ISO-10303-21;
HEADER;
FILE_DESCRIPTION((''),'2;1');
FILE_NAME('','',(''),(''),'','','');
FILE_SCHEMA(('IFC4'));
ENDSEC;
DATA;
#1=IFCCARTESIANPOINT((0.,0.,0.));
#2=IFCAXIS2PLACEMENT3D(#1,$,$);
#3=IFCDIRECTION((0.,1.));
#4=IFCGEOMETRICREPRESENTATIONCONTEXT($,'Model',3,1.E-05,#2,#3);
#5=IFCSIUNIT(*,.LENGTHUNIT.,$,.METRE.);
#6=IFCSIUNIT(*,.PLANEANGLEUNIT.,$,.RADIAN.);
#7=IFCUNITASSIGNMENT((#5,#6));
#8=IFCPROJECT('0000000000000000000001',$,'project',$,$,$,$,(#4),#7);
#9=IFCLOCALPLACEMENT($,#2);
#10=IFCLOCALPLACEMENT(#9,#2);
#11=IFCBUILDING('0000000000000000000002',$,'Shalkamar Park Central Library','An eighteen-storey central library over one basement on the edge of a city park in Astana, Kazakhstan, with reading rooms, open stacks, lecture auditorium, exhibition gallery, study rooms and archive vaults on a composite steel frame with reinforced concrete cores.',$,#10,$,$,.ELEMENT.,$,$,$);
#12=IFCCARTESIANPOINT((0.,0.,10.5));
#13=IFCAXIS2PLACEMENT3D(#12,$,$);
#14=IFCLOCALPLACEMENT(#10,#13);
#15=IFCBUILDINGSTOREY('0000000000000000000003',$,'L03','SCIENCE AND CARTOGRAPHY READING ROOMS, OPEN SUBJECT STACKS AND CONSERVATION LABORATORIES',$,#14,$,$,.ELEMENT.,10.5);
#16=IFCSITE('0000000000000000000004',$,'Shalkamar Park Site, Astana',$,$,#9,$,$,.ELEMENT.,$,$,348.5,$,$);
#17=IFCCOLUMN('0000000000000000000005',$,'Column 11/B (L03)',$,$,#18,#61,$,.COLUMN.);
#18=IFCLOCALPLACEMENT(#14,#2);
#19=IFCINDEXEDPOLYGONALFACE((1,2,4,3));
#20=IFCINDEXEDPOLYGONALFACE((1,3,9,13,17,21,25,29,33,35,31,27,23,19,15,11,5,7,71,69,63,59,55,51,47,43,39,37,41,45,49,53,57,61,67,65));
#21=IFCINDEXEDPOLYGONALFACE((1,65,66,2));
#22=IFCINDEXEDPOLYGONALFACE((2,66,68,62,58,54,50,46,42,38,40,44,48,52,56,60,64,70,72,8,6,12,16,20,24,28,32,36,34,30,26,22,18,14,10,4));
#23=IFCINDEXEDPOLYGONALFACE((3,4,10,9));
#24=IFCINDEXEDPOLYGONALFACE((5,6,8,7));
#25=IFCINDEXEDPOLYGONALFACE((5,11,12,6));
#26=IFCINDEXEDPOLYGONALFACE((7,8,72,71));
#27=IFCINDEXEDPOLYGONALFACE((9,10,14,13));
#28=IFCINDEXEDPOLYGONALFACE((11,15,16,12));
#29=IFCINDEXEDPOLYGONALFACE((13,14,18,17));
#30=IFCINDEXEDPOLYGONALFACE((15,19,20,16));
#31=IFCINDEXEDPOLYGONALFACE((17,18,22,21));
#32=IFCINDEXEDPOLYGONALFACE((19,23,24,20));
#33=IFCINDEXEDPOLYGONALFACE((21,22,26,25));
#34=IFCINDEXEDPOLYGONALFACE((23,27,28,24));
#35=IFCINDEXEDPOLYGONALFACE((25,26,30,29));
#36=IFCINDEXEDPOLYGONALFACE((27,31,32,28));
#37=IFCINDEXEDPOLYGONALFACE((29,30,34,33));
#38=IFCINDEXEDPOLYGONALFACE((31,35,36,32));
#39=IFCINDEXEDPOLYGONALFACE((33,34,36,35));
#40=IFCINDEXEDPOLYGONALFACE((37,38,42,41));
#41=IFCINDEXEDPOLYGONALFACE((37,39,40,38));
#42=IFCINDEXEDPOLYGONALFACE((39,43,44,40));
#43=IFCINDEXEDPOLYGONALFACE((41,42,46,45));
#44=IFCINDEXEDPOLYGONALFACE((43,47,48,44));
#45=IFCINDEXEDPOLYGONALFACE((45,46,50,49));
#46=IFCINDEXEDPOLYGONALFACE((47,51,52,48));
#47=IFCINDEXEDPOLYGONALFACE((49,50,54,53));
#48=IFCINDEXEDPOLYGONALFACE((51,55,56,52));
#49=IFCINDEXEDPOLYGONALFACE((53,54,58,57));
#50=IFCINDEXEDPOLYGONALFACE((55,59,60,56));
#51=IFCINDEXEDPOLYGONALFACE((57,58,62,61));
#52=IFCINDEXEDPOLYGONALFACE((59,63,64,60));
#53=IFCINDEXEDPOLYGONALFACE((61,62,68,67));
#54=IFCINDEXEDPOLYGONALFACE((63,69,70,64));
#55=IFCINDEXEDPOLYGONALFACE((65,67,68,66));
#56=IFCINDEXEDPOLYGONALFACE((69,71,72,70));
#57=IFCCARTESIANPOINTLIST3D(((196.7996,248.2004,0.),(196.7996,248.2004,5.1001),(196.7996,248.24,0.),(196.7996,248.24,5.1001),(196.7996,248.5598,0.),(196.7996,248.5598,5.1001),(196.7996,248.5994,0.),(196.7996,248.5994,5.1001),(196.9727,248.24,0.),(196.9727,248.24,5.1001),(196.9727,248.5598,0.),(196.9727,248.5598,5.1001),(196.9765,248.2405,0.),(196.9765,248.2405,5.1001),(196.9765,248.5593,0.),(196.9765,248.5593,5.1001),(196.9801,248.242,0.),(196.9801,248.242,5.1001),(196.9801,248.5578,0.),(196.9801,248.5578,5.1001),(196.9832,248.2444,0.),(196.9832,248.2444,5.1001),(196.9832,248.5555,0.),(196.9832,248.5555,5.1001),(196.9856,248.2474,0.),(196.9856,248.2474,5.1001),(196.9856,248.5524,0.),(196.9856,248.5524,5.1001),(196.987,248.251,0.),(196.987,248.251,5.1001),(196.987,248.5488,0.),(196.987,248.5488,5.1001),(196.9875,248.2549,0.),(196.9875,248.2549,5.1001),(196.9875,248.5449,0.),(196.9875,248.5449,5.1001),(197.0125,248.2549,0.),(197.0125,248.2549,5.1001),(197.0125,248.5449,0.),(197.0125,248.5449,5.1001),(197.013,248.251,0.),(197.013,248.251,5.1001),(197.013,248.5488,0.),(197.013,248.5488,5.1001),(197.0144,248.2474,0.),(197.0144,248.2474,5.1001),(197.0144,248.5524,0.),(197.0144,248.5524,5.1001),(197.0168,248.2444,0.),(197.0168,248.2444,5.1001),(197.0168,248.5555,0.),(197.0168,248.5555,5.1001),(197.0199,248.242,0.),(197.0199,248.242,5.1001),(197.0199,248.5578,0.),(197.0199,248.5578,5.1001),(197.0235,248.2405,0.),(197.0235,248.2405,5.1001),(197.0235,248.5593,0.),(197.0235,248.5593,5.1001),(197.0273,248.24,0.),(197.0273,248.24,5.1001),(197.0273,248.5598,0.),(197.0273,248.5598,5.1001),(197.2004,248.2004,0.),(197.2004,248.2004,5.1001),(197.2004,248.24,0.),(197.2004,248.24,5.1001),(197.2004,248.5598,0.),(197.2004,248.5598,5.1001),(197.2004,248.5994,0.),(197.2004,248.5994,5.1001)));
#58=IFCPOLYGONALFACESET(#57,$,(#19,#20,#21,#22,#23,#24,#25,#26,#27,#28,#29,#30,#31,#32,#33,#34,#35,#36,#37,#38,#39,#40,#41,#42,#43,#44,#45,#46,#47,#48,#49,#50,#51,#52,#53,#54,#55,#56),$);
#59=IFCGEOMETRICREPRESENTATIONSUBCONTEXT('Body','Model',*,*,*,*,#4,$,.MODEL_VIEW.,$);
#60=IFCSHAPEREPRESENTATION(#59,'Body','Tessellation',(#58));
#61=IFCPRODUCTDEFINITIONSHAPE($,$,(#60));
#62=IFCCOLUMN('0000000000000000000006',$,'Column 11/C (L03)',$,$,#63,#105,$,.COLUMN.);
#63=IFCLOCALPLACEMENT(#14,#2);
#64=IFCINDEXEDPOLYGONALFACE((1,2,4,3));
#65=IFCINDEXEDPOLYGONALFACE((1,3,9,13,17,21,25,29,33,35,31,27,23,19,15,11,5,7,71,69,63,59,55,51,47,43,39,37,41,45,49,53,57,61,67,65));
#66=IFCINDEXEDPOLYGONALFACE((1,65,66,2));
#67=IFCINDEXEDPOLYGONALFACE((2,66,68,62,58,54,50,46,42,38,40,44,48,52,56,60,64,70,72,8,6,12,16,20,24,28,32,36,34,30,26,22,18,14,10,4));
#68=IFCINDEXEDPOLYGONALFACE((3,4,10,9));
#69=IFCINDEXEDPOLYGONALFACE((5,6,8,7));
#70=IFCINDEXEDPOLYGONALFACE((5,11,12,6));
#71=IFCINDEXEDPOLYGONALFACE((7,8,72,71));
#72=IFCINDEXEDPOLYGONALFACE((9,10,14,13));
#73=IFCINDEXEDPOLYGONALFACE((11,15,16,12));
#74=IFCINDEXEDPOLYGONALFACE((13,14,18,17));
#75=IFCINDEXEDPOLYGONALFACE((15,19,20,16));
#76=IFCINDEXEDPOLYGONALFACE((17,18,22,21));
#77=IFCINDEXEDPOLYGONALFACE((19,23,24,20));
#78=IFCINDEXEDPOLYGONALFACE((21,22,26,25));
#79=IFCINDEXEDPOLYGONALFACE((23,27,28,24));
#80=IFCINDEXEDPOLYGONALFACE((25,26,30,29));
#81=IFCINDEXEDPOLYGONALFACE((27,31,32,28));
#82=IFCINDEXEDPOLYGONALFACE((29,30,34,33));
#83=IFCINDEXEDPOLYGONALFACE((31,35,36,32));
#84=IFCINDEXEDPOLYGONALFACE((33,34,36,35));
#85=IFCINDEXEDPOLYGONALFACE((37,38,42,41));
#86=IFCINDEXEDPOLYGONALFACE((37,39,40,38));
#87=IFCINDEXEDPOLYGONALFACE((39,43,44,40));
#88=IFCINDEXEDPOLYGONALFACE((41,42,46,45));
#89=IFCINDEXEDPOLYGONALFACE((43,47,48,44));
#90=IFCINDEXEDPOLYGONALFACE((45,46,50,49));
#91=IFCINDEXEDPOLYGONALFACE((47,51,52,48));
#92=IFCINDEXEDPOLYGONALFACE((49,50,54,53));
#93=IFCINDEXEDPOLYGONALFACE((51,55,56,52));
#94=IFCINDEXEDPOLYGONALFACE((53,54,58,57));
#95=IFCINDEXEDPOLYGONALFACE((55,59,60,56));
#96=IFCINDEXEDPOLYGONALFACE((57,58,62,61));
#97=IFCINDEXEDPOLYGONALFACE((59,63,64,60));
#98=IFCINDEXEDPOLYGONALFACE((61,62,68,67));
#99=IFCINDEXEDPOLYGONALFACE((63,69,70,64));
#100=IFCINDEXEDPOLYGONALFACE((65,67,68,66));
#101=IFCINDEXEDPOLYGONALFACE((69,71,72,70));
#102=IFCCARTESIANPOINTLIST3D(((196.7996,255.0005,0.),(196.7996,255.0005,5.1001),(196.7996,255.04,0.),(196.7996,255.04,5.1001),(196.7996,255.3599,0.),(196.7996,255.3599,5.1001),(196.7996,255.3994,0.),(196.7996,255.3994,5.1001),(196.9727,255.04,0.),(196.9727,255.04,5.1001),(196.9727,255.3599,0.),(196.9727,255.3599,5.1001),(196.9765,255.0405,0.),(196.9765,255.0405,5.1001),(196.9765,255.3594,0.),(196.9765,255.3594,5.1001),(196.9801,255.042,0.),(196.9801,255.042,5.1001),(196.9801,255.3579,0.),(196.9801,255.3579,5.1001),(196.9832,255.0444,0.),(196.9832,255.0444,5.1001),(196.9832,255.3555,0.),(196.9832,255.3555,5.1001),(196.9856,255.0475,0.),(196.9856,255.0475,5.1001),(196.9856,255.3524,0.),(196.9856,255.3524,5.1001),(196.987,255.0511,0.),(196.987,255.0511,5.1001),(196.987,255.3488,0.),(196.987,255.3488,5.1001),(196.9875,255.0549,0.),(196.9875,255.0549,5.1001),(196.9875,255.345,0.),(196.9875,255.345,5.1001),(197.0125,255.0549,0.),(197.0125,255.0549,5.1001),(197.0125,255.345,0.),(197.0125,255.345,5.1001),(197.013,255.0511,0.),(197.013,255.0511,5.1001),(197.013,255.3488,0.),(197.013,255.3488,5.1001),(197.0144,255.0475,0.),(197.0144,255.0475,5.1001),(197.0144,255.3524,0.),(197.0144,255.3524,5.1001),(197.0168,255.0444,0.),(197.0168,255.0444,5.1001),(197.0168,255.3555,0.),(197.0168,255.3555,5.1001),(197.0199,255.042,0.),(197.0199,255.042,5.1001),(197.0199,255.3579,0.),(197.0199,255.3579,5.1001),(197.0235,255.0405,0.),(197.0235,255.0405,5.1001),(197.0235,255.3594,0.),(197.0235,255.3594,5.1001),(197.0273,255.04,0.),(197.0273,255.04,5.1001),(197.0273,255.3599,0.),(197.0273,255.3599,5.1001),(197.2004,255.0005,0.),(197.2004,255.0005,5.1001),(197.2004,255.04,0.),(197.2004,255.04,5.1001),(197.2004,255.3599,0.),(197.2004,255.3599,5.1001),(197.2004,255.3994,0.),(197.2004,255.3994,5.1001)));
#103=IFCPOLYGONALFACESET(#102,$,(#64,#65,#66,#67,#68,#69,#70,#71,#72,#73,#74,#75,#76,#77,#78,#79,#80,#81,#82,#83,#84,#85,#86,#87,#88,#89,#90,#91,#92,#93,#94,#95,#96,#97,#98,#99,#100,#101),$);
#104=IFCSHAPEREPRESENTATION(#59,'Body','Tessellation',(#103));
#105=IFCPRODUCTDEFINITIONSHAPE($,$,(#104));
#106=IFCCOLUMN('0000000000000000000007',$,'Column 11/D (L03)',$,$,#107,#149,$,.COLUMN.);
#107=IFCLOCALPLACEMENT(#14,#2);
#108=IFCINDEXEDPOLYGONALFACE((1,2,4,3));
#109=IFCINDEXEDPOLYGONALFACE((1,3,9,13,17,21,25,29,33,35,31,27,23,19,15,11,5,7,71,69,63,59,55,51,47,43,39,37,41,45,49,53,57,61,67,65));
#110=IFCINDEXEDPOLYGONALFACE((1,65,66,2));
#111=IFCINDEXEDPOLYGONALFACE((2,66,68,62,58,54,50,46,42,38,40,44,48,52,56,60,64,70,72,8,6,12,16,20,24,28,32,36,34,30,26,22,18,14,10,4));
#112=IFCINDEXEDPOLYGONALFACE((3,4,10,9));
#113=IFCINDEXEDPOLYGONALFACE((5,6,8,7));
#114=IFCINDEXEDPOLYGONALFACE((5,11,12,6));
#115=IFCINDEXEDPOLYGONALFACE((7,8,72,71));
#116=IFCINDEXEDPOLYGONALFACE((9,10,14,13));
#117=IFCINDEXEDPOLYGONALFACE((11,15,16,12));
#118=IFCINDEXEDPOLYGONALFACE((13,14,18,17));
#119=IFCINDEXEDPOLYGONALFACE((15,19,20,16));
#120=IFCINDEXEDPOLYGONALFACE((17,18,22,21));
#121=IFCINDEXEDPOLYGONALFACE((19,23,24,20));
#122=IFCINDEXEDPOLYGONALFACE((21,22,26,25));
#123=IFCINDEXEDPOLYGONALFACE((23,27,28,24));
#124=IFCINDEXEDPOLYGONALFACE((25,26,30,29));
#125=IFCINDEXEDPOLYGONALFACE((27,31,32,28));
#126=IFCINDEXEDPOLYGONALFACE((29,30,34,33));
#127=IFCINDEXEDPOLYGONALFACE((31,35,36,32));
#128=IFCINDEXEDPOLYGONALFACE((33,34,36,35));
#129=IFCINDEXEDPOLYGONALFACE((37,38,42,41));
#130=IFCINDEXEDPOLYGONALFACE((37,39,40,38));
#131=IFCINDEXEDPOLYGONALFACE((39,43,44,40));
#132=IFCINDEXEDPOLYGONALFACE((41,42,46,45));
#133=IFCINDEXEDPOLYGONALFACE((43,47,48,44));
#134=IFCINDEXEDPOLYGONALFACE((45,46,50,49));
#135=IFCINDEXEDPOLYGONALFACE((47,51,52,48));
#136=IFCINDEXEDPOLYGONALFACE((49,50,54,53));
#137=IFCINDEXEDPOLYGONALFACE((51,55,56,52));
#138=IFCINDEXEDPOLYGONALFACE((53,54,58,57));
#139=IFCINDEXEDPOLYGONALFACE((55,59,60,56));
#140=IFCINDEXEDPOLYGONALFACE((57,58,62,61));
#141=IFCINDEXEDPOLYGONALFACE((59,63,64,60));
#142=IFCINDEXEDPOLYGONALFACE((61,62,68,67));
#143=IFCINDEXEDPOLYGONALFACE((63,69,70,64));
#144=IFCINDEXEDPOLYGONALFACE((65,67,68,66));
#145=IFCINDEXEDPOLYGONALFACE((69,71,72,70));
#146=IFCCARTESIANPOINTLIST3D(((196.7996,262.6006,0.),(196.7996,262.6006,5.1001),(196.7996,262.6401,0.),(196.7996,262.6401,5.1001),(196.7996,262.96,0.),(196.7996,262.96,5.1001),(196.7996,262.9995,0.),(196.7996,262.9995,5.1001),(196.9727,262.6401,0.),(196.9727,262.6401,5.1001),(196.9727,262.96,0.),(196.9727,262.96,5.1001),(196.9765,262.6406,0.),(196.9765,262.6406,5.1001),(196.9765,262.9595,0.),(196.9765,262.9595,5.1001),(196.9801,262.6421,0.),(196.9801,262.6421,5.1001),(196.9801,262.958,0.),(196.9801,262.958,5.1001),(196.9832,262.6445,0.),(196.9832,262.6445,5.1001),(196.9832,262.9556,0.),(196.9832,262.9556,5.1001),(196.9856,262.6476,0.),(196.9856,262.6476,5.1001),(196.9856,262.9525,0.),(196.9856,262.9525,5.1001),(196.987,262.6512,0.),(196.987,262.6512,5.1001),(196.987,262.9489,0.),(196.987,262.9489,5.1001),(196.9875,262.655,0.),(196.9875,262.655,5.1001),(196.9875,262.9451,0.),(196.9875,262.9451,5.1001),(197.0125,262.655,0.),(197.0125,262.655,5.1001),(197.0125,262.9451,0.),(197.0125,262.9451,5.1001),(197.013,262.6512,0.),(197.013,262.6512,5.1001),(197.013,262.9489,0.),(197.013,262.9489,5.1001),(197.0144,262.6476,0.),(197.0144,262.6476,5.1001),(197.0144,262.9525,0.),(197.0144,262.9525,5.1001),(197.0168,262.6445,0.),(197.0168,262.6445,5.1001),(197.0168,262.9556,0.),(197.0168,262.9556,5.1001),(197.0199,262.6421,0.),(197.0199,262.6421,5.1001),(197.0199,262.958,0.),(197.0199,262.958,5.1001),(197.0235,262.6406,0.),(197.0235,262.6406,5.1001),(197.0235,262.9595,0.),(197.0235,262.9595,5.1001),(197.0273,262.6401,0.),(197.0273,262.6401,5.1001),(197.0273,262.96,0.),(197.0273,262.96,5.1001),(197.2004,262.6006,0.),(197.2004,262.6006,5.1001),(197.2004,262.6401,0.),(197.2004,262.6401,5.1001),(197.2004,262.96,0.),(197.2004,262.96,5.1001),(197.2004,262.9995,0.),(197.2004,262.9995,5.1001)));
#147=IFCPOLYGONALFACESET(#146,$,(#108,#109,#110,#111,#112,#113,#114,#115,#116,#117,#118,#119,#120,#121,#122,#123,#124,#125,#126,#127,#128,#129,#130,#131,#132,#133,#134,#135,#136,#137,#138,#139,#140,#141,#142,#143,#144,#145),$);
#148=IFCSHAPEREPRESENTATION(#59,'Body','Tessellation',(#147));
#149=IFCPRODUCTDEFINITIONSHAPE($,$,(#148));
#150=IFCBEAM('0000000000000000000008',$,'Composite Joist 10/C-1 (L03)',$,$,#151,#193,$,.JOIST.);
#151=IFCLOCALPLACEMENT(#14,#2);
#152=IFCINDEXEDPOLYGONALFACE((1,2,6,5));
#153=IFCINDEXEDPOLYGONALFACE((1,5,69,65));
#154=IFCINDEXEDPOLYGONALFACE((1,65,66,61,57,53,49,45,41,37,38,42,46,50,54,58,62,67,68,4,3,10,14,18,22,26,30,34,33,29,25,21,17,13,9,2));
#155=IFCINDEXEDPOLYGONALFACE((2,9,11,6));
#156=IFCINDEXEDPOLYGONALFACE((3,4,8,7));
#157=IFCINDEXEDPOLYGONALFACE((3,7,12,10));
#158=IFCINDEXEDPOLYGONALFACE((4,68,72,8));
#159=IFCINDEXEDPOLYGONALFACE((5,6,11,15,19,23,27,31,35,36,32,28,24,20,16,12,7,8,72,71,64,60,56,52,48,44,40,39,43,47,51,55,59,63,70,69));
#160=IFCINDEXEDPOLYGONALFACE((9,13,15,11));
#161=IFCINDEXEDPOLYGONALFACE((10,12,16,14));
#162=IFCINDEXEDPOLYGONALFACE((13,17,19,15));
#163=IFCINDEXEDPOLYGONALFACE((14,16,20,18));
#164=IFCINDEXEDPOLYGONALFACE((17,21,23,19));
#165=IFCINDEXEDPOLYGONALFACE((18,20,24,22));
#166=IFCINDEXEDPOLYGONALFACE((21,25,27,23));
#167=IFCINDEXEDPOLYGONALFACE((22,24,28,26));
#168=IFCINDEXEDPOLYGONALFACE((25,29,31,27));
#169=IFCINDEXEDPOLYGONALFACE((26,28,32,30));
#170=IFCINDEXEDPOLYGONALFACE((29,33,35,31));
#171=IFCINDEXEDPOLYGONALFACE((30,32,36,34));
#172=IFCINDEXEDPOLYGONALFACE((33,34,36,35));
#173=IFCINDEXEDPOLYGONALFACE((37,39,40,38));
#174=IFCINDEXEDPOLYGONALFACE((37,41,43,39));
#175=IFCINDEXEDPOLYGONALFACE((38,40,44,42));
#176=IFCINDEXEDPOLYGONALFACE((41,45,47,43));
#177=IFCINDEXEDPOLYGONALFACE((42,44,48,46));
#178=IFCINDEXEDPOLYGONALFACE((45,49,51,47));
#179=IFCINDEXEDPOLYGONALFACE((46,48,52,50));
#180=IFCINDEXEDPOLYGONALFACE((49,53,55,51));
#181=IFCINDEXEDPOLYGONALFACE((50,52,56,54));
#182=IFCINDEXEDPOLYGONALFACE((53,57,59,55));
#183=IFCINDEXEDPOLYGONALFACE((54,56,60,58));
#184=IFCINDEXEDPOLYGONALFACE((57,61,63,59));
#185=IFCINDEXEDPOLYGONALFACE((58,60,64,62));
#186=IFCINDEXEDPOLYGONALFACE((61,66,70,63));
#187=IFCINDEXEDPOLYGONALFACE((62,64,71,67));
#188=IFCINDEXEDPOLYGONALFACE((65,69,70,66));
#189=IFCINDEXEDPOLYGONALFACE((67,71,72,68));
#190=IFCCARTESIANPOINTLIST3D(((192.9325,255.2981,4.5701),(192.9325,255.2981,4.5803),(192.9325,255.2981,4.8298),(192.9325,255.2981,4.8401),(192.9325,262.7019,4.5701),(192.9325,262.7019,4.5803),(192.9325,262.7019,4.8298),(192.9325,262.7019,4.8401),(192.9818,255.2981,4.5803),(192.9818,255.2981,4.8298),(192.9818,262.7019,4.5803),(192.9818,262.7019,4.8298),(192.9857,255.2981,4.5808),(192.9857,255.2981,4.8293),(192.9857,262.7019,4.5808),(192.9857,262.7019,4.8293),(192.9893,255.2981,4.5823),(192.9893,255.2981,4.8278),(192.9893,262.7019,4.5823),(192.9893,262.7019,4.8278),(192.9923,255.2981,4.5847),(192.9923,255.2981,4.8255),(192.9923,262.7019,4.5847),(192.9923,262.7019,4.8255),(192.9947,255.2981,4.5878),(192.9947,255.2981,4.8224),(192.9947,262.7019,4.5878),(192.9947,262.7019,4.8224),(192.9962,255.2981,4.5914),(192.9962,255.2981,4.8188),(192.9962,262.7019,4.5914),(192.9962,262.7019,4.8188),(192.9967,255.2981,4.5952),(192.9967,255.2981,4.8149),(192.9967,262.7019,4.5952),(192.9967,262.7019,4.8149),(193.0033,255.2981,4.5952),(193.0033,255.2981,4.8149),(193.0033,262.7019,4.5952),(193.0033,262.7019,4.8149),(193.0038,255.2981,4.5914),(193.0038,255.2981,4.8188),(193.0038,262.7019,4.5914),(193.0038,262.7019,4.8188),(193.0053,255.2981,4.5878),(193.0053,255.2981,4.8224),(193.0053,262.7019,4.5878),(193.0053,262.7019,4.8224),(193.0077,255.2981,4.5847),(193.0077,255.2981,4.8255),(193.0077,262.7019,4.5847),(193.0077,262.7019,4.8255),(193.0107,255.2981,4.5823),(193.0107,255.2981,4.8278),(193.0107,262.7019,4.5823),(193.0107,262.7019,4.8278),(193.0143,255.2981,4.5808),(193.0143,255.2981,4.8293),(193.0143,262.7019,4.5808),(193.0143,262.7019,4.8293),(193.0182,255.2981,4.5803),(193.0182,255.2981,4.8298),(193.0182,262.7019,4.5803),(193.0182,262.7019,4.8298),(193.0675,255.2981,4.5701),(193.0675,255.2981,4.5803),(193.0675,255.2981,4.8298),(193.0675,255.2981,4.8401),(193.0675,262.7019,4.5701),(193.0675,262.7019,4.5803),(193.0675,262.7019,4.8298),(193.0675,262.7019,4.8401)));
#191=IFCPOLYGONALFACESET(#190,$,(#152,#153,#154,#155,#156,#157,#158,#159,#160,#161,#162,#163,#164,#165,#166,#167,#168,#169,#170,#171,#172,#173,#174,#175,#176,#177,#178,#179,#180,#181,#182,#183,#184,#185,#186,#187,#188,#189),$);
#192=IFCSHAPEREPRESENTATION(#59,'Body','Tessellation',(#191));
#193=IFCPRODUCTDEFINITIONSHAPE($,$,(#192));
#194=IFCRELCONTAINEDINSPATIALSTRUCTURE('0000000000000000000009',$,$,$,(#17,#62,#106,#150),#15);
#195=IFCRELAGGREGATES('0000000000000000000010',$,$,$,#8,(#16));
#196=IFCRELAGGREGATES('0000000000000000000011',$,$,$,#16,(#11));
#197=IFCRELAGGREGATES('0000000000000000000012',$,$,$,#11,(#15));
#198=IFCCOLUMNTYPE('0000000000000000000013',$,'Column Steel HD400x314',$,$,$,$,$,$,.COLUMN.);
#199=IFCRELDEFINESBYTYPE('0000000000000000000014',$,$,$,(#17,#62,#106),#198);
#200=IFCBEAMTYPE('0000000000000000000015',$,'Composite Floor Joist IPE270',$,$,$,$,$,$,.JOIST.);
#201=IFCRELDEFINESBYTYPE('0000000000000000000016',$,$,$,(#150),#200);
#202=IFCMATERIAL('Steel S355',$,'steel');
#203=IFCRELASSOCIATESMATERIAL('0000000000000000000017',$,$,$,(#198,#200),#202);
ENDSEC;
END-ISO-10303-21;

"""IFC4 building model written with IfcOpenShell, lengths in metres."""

from ifc_helpers import new_model, si_unit, direction, frame, origin, origin_2d, place, context, subcontext, project, spatial, i_section, extrude, material, material_profile, profile_set, type_object, element, save


model = new_model("IFC4")

# Units and contexts
model_context = context("Model", 3, precision=1e-05, world=origin(), true_north=direction((0.0, 1.0)))
body_context = subcontext(model_context, "Body", "Model", "MODEL_VIEW")
ifc_project = project(units=[si_unit("LENGTHUNIT", "METRE"), si_unit("PLANEANGLEUNIT", "RADIAN")], contexts=[model_context])

# Site, building, storey
site_placement = place(None, origin())
site = spatial("IfcSite", under=ifc_project, at=site_placement, Name="Shalkamar Park Site, Astana", CompositionType="ELEMENT", RefElevation=348.5)
building_placement = place(site_placement, origin())
building = spatial("IfcBuilding", under=site, at=building_placement, Name="Shalkamar Park Central Library", Description="An eighteen-storey central library over one basement on the edge of a city park in Astana, Kazakhstan, with reading rooms, open stacks, lecture auditorium, exhibition gallery, study rooms and archive vaults on a composite steel frame with reinforced concrete cores.", CompositionType="ELEMENT")
storey_placement = place(building_placement, frame((0.0, 0.0, 10.5)))
storey = spatial("IfcBuildingStorey", under=building, at=storey_placement, Name="L03", Description="SCIENCE AND CARTOGRAPHY READING ROOMS, OPEN SUBJECT STACKS AND CONSERVATION LABORATORIES", CompositionType="ELEMENT", Elevation=10.5)

# Columns
ifc_material_1 = material(Name="Steel S355", Category="steel")
ifc_material_profile_1 = material_profile(ifc_material_1, i_section(OverallWidth=0.4009, OverallDepth=0.3989, WebThickness=0.0249, FlangeThickness=0.0396, FilletRadius=0.0149, at=origin_2d()), Name="HD 400x314")
ifc_profile_set_1 = profile_set([ifc_material_profile_1], Name="Steel S355")
column_type = type_object("IfcColumnType", Name="Column Steel HD400x314", PredefinedType="COLUMN", material=ifc_profile_set_1)
for number, where, z_axis, x_axis, name in (
    (1, (197.0, 248.3999, 0.0), (0.0, 0.0, 1.0), (1.0, 0.0, 0.0), "Column 11/B (L03)"),
    (2, (197.0, 255.2, 0.0), (0.0, 0.0, 1.0), (1.0, 0.0, 0.0), "Column 11/C (L03)"),
    (3, (197.0, 262.8, 0.0), (0.0, 0.0, 1.0), (1.0, 0.0, 0.0), "Column 11/D (L03)"),
):
    element("IfcColumn", number, at=place(storey_placement, frame(where, z_axis=z_axis, x_axis=x_axis)), inside=storey, type_object=column_type, Name=name, PredefinedType="COLUMN", context=body_context, shape_type="SweptSolid", body=[
        extrude(i_section(OverallWidth=0.4009, OverallDepth=0.3989, WebThickness=0.0249, FlangeThickness=0.0396, FilletRadius=0.0149, at=origin_2d()), origin(), (0.0, 0.0, 1.0), 5.1001),
    ])

# Beam
ifc_material_profile_2 = material_profile(ifc_material_1, i_section(OverallWidth=0.135, OverallDepth=0.27, WebThickness=0.0066, FlangeThickness=0.0103, FilletRadius=0.0149, at=origin_2d()), Name="IPE 270")
ifc_profile_set_2 = profile_set([ifc_material_profile_2], Name="Steel S355")
beam_type_1 = type_object("IfcBeamType", Name="Composite Floor Joist IPE270", PredefinedType="JOIST", material=ifc_profile_set_2)
beam_1_placement = place(storey_placement, frame((193.0, 255.2981, 4.7051), z_axis=(0.0, 1.0, 0.0), x_axis=(-1.0, 0.0, 0.0)))
element("IfcBeam", 4, at=beam_1_placement, inside=storey, type_object=beam_type_1, Name="Composite Joist 10/C-1 (L03)", PredefinedType="JOIST", context=body_context, shape_type="SweptSolid", body=[
    extrude(i_section(OverallWidth=0.135, OverallDepth=0.27, WebThickness=0.0066, FlangeThickness=0.0103, FilletRadius=0.0149, at=origin_2d()), origin(), (0.0, 0.0, 1.0), 7.4038),
])

save(model, "model.ifc")
